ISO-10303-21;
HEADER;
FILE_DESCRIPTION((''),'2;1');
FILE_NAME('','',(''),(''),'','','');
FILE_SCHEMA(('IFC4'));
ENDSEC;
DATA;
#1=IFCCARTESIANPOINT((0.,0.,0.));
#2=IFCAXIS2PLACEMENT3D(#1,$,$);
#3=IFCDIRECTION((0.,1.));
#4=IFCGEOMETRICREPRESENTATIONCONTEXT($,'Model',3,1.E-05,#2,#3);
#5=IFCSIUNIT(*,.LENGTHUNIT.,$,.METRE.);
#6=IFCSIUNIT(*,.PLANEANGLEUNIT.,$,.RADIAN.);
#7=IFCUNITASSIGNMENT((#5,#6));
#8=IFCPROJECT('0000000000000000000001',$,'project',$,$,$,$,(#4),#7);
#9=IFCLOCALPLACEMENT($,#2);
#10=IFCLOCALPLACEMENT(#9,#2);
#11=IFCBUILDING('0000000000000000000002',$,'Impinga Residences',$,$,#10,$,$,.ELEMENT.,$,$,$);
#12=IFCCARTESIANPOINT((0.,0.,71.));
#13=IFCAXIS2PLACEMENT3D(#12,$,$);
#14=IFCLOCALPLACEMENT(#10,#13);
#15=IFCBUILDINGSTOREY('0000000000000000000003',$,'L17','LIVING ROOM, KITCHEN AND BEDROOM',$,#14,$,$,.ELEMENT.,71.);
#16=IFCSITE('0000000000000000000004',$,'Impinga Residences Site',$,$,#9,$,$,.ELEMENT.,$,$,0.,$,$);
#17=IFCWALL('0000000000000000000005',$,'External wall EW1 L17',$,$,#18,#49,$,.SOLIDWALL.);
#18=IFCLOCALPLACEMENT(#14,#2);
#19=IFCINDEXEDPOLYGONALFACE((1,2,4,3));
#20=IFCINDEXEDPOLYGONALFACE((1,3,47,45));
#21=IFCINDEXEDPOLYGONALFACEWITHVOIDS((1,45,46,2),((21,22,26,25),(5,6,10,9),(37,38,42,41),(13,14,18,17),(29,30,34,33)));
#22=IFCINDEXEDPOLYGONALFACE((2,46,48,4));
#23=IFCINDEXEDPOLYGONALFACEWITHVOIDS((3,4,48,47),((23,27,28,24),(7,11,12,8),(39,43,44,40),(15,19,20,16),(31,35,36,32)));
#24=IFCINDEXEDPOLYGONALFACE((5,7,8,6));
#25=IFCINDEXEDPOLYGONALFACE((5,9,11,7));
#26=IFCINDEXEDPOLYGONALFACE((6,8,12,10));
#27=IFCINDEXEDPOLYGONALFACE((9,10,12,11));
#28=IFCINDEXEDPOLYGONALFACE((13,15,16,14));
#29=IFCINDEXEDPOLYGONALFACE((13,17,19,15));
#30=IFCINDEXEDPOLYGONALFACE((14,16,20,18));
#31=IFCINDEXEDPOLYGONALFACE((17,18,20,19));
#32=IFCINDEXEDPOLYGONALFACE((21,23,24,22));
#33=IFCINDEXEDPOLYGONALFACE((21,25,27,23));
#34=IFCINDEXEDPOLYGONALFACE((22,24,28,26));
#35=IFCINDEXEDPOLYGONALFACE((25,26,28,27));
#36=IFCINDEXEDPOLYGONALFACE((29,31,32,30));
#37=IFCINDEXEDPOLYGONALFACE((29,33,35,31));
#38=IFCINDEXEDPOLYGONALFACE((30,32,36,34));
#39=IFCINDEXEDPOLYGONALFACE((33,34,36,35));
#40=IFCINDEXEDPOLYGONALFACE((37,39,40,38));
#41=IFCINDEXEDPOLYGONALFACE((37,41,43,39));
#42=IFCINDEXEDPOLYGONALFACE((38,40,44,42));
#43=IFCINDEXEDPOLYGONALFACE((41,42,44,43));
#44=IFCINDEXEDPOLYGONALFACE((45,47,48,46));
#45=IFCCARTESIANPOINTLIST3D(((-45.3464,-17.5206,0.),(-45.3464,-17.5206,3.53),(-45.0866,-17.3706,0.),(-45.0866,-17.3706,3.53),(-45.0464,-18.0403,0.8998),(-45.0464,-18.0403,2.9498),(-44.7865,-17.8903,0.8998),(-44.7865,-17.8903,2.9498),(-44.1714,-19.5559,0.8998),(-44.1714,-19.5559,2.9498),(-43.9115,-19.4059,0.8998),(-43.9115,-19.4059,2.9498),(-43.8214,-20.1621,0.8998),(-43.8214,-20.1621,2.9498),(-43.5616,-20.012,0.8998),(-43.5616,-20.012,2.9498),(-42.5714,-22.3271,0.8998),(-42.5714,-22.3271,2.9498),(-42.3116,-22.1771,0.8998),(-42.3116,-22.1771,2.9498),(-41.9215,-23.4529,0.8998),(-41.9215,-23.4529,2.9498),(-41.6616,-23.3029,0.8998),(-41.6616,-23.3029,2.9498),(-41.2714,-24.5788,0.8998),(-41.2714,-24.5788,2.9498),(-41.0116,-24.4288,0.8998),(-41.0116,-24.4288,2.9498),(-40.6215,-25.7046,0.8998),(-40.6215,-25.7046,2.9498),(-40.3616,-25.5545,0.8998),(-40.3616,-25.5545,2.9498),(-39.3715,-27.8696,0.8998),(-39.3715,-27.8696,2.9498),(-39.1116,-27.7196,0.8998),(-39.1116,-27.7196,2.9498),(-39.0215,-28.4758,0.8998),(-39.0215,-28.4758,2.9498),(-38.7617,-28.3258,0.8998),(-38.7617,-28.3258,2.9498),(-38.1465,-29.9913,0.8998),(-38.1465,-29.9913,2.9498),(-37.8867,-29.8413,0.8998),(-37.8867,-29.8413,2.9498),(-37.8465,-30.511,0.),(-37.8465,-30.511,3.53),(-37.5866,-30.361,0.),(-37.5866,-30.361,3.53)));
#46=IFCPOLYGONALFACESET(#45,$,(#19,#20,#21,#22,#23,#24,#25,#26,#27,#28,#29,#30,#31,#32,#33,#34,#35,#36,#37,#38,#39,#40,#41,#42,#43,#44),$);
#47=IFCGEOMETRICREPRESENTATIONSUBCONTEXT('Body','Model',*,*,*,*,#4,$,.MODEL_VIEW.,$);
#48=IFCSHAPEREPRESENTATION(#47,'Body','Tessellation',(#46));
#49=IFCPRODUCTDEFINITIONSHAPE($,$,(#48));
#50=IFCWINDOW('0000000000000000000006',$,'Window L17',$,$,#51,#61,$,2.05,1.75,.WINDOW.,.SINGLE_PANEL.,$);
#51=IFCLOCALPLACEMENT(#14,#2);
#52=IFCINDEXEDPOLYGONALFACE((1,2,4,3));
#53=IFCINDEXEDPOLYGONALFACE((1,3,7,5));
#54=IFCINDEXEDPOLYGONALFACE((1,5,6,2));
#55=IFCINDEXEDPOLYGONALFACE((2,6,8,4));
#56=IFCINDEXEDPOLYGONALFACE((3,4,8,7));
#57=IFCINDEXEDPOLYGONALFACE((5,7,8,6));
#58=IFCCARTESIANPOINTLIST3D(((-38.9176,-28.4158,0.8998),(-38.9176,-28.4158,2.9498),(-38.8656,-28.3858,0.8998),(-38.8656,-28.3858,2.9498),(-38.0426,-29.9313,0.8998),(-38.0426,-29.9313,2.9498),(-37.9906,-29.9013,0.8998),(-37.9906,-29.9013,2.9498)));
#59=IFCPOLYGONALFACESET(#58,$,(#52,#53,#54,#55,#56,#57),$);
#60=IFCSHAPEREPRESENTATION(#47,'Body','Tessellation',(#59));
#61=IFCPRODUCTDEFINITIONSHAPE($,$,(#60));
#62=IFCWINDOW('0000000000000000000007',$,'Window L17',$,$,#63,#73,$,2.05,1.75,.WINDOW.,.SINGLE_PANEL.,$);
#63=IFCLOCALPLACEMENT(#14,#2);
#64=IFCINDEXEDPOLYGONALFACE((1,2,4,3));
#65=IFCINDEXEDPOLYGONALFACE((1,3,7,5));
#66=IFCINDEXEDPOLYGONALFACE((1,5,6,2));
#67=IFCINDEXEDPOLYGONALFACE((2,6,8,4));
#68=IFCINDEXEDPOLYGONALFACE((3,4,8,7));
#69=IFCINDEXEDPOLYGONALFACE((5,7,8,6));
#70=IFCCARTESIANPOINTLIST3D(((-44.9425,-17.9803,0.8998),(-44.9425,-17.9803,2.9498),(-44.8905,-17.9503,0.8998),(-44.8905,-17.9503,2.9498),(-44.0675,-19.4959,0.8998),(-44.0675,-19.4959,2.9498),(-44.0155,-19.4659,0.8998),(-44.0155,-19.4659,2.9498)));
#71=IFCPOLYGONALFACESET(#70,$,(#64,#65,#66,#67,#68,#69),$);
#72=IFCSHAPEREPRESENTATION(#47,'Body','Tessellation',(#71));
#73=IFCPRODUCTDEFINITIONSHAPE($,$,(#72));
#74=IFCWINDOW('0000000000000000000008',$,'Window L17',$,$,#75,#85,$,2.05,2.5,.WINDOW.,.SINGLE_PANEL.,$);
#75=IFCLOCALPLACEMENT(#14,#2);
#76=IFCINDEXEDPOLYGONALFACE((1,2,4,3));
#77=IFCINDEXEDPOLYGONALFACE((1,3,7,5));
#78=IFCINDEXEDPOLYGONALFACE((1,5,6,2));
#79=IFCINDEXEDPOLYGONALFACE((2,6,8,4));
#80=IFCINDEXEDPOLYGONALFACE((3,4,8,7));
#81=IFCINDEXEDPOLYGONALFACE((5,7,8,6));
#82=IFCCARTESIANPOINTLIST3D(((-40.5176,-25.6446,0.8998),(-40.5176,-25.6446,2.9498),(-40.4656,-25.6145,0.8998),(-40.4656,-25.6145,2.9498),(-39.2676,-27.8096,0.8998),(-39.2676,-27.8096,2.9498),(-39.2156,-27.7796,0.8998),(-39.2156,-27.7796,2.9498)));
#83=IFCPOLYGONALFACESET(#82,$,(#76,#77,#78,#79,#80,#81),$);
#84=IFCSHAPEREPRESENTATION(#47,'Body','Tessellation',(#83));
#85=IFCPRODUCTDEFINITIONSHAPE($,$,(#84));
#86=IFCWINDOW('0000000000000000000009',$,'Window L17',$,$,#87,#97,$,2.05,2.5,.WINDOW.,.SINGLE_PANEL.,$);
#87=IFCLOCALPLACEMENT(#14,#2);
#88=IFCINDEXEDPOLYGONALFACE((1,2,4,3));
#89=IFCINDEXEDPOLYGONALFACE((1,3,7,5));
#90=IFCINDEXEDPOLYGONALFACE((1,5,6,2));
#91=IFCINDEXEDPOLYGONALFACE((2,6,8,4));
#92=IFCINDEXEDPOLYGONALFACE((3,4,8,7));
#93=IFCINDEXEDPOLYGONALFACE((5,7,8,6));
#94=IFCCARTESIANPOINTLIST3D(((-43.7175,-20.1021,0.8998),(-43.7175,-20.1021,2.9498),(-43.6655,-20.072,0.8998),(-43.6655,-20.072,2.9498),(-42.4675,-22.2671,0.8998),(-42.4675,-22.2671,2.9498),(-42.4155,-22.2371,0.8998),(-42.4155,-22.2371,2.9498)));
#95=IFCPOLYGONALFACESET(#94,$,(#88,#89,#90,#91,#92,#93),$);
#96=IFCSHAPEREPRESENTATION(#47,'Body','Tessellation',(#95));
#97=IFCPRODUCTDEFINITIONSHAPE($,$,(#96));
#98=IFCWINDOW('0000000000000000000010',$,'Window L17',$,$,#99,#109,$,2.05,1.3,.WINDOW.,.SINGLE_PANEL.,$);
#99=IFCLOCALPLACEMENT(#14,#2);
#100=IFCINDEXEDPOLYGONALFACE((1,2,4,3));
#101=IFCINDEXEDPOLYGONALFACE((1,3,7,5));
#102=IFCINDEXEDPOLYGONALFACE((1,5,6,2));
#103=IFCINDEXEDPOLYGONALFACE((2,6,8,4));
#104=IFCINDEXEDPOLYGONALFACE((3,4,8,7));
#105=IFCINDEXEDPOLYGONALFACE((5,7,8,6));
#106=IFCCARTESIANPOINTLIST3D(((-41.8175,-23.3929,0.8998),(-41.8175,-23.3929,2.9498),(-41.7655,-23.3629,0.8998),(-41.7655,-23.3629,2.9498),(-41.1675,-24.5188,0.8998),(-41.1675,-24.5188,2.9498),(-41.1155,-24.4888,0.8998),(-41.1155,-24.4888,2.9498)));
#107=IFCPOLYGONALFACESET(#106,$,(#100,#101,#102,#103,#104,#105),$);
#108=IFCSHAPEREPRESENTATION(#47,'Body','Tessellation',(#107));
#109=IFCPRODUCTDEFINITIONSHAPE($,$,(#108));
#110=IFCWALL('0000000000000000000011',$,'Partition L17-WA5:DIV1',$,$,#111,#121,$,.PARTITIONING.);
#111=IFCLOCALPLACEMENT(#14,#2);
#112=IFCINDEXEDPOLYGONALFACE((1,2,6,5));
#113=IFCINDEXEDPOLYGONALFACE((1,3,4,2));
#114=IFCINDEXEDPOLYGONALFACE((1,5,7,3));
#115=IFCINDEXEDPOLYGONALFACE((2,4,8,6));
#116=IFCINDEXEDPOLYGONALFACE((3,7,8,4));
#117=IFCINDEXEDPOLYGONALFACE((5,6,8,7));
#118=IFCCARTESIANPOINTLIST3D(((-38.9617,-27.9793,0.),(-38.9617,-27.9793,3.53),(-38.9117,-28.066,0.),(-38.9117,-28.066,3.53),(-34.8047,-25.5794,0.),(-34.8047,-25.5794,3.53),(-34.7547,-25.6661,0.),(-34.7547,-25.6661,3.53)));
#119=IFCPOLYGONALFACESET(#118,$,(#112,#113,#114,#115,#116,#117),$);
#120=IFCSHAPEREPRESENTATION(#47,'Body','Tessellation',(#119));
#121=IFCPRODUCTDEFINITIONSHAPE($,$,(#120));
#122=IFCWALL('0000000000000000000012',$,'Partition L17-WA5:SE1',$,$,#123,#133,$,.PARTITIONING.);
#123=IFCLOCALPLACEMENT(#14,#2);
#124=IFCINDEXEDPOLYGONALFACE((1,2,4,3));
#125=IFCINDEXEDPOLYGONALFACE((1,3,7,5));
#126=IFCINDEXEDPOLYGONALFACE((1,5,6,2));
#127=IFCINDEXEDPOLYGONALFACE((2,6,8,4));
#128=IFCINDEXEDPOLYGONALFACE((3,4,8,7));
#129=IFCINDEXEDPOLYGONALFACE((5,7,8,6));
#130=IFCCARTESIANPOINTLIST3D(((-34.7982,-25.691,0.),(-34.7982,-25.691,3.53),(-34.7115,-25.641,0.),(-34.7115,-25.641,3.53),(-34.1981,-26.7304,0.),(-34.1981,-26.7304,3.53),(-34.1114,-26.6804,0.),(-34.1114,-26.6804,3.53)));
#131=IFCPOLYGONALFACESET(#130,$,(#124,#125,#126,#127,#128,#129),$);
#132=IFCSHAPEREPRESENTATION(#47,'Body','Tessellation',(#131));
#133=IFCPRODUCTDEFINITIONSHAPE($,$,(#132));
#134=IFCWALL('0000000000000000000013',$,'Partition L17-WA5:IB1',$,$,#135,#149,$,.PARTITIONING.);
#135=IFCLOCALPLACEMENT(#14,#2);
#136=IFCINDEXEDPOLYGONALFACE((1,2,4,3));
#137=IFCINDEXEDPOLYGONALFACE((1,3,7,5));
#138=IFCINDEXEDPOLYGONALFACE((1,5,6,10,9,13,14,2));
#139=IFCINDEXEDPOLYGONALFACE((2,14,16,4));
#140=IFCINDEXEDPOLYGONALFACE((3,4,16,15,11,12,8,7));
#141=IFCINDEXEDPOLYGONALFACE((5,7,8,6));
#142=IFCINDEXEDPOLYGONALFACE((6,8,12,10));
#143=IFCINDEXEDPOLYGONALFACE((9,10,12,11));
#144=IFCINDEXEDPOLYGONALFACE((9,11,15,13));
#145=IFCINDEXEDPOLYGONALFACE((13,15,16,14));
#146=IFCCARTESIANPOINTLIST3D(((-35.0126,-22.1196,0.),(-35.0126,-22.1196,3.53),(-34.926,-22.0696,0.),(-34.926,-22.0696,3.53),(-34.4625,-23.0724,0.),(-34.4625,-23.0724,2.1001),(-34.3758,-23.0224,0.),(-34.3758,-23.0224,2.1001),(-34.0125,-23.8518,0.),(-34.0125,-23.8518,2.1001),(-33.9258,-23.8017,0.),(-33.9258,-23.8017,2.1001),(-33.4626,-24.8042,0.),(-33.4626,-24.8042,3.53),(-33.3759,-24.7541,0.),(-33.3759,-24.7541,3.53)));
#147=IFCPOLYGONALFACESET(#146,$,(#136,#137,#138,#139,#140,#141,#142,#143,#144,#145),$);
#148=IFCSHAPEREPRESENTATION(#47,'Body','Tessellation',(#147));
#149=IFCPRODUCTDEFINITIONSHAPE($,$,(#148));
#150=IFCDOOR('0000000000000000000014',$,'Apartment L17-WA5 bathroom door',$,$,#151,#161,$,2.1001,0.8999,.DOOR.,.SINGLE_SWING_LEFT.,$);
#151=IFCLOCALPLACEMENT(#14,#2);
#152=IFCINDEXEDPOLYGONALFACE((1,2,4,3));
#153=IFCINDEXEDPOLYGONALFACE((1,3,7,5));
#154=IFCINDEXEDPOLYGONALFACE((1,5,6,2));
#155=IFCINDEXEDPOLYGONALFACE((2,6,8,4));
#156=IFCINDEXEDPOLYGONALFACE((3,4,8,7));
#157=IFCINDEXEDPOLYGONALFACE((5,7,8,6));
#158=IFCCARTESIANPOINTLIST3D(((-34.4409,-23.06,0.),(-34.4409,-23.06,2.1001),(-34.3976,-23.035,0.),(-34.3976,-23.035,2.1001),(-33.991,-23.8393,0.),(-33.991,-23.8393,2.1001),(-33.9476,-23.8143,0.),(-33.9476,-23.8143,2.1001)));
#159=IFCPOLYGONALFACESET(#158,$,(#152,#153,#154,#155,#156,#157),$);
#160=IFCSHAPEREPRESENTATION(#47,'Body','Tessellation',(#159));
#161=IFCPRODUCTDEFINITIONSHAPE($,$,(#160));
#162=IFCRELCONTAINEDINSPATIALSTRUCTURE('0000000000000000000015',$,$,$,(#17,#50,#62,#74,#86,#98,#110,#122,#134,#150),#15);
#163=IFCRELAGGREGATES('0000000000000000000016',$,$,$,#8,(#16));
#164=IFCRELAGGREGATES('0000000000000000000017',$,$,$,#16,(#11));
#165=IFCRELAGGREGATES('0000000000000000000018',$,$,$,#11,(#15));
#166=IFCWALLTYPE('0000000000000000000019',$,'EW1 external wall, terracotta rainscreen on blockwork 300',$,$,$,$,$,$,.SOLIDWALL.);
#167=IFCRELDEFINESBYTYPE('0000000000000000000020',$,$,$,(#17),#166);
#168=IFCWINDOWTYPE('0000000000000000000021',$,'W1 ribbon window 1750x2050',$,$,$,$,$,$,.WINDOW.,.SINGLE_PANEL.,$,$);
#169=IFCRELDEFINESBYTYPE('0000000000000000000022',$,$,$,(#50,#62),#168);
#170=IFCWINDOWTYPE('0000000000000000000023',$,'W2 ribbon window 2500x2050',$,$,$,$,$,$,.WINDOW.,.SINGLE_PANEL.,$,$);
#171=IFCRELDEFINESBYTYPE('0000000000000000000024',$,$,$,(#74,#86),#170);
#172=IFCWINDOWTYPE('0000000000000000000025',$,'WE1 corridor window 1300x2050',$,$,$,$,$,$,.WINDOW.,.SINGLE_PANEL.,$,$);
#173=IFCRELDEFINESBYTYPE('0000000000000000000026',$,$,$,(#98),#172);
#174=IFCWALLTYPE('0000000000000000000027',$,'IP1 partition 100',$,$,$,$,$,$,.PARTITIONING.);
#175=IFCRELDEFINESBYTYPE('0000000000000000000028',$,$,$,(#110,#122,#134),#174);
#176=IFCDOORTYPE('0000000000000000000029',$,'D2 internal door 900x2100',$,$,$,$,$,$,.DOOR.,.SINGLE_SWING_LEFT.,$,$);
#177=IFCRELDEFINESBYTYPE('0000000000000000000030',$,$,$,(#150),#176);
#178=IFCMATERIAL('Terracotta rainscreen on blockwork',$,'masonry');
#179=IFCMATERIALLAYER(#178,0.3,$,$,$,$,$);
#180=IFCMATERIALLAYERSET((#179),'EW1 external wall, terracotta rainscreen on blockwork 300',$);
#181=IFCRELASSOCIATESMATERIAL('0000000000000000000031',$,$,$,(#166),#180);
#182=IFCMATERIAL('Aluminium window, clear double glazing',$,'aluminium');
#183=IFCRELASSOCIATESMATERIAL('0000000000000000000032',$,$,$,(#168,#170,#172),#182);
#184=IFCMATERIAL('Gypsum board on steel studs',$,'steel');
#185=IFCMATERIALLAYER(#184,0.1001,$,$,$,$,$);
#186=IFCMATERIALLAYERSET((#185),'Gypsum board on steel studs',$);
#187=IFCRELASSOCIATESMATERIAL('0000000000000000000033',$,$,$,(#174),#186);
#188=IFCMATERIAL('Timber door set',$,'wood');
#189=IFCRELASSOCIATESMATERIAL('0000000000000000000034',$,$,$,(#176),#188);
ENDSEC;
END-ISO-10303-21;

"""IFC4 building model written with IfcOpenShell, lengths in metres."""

from ifc_helpers import new_model, si_unit, direction, frame, frame_2d, origin, place, context, subcontext, project, spatial, rectangle, extrude, material, layer, layer_set, type_object, element, fill, save


model = new_model("IFC4")

# Units and contexts
model_context = context("Model", 3, precision=1e-05, world=origin(), true_north=direction((0.0, 1.0)))
body_context = subcontext(model_context, "Body", "Model", "MODEL_VIEW")
ifc_project = project(units=[si_unit("LENGTHUNIT", "METRE"), si_unit("PLANEANGLEUNIT", "RADIAN")], contexts=[model_context])

# Site, building, storey
site_placement = place(None, origin())
site = spatial("IfcSite", under=ifc_project, at=site_placement, Name="Impinga Residences Site", CompositionType="ELEMENT", RefElevation=0.0)
building_placement = place(site_placement, origin())
building = spatial("IfcBuilding", under=site, at=building_placement, Name="Impinga Residences", CompositionType="ELEMENT")
storey_placement = place(building_placement, frame((0.0, 0.0, 71.0)))
storey = spatial("IfcBuildingStorey", under=building, at=storey_placement, Name="L17", Description="LIVING ROOM, KITCHEN AND BEDROOM", CompositionType="ELEMENT", Elevation=71.0)

# Shared definitions
ifc_material_1 = material(Name="Terracotta rainscreen on blockwork", Category="masonry")
ifc_layer_1 = layer(ifc_material_1, 0.3)
ifc_layer_set_1 = layer_set([ifc_layer_1], Name="EW1 external wall, terracotta rainscreen on blockwork 300")
wall_type_1 = type_object("IfcWallType", Name="EW1 external wall, terracotta rainscreen on blockwork 300", PredefinedType="SOLIDWALL", material=ifc_layer_set_1)

# Wall, openings, windows
wall_1_placement = place(storey_placement, frame((-37.7166, -30.436, 0.0), z_axis=(0.0, 0.0, 1.0), x_axis=(-0.499997, 0.866027, 0.0)))
wall_1 = element("IfcWall", 1, at=wall_1_placement, inside=storey, type_object=wall_type_1, Name="External wall EW1 L17", PredefinedType="SOLIDWALL", context=body_context, shape_type="SweptSolid", body=[
    extrude(rectangle(XDim=15.0, YDim=0.3, at=frame_2d((7.5, 0.0))), origin(), (0.0, 0.0, 1.0), 3.53),
])
opening_1_placement = place(wall_1_placement, frame((0.6001, 0.0, 0.8999)))
opening_1 = element("IfcOpeningElement", 2, at=opening_1_placement, cuts=wall_1, PredefinedType="OPENING", context=body_context, shape_type="SweptSolid", body=[
    extrude(rectangle(XDim=1.75, YDim=2.05, at=frame_2d((0.875, 1.0249))), frame((0.0, 0.1599, 0.0), z_axis=(0.0, -1.0, 0.0), x_axis=(1.0, 0.0, 0.0)), (0.0, 0.0, 1.0), 0.3201),
])
opening_2_placement = place(wall_1_placement, frame((3.05, 0.0, 0.8999)))
opening_2 = element("IfcOpeningElement", 3, at=opening_2_placement, cuts=wall_1, PredefinedType="OPENING", context=body_context, shape_type="SweptSolid", body=[
    extrude(rectangle(XDim=2.5, YDim=2.05, at=frame_2d((1.25, 1.0249))), frame((0.0, 0.1599, 0.0), z_axis=(0.0, -1.0, 0.0), x_axis=(1.0, 0.0, 0.0)), (0.0, 0.0, 1.0), 0.3201),
])
opening_3_placement = place(wall_1_placement, frame((6.8501, 0.0, 0.8999)))
opening_3 = element("IfcOpeningElement", 4, at=opening_3_placement, cuts=wall_1, PredefinedType="OPENING", context=body_context, shape_type="SweptSolid", body=[
    extrude(rectangle(XDim=1.3, YDim=2.05, at=frame_2d((0.6499, 1.0249))), frame((0.0, 0.1599, 0.0), z_axis=(0.0, -1.0, 0.0), x_axis=(1.0, 0.0, 0.0)), (0.0, 0.0, 1.0), 0.3201),
])
opening_4_placement = place(wall_1_placement, frame((9.45, 0.0, 0.8999)))
opening_4 = element("IfcOpeningElement", 5, at=opening_4_placement, cuts=wall_1, PredefinedType="OPENING", context=body_context, shape_type="SweptSolid", body=[
    extrude(rectangle(XDim=2.5, YDim=2.05, at=frame_2d((1.25, 1.0249))), frame((0.0, 0.1599, 0.0), z_axis=(0.0, -1.0, 0.0), x_axis=(1.0, 0.0, 0.0)), (0.0, 0.0, 1.0), 0.3201),
])
opening_5_placement = place(wall_1_placement, frame((12.6499, 0.0, 0.8999)))
opening_5 = element("IfcOpeningElement", 6, at=opening_5_placement, cuts=wall_1, PredefinedType="OPENING", context=body_context, shape_type="SweptSolid", body=[
    extrude(rectangle(XDim=1.75, YDim=2.05, at=frame_2d((0.875, 1.0249))), frame((0.0, 0.1599, 0.0), z_axis=(0.0, -1.0, 0.0), x_axis=(1.0, 0.0, 0.0)), (0.0, 0.0, 1.0), 0.3201),
])
ifc_material_2 = material(Name="Aluminium window, clear double glazing", Category="aluminium")
window_type_1 = type_object("IfcWindowType", Name="W1 ribbon window 1750x2050", PartitioningType="SINGLE_PANEL", PredefinedType="WINDOW", material=ifc_material_2)
window_1_placement = place(opening_1_placement, origin())
window_1 = element("IfcWindow", 7, at=window_1_placement, inside=storey, type_object=window_type_1, Name="Window L17", OverallHeight=2.05, OverallWidth=1.75, PartitioningType="SINGLE_PANEL", PredefinedType="WINDOW", context=body_context, shape_type="SweptSolid", body=[
    extrude(rectangle(XDim=1.75, YDim=2.05, at=frame_2d((0.875, 1.0249))), frame((0.0, 0.03, 0.0), z_axis=(0.0, -1.0, 0.0), x_axis=(1.0, 0.0, 0.0)), (0.0, 0.0, 1.0), 0.0601),
])
fill(opening_1, window_1)
window_2_placement = place(opening_5_placement, origin())
window_2 = element("IfcWindow", 8, at=window_2_placement, inside=storey, type_object=window_type_1, Name="Window L17", OverallHeight=2.05, OverallWidth=1.75, PartitioningType="SINGLE_PANEL", PredefinedType="WINDOW", context=body_context, shape_type="SweptSolid", body=[
    extrude(rectangle(XDim=1.75, YDim=2.05, at=frame_2d((0.875, 1.0249))), frame((0.0, 0.03, 0.0), z_axis=(0.0, -1.0, 0.0), x_axis=(1.0, 0.0, 0.0)), (0.0, 0.0, 1.0), 0.0601),
])
fill(opening_5, window_2)
window_type_2 = type_object("IfcWindowType", Name="W2 ribbon window 2500x2050", PartitioningType="SINGLE_PANEL", PredefinedType="WINDOW", material=ifc_material_2)
window_3_placement = place(opening_2_placement, origin())
window_3 = element("IfcWindow", 9, at=window_3_placement, inside=storey, type_object=window_type_2, Name="Window L17", OverallHeight=2.05, OverallWidth=2.5, PartitioningType="SINGLE_PANEL", PredefinedType="WINDOW", context=body_context, shape_type="SweptSolid", body=[
    extrude(rectangle(XDim=2.5, YDim=2.05, at=frame_2d((1.25, 1.0249))), frame((0.0, 0.03, 0.0), z_axis=(0.0, -1.0, 0.0), x_axis=(1.0, 0.0, 0.0)), (0.0, 0.0, 1.0), 0.0601),
])
fill(opening_2, window_3)
window_4_placement = place(opening_4_placement, origin())
window_4 = element("IfcWindow", 10, at=window_4_placement, inside=storey, type_object=window_type_2, Name="Window L17", OverallHeight=2.05, OverallWidth=2.5, PartitioningType="SINGLE_PANEL", PredefinedType="WINDOW", context=body_context, shape_type="SweptSolid", body=[
    extrude(rectangle(XDim=2.5, YDim=2.05, at=frame_2d((1.25, 1.0249))), frame((0.0, 0.03, 0.0), z_axis=(0.0, -1.0, 0.0), x_axis=(1.0, 0.0, 0.0)), (0.0, 0.0, 1.0), 0.0601),
])
fill(opening_4, window_4)
window_type_3 = type_object("IfcWindowType", Name="WE1 corridor window 1300x2050", PartitioningType="SINGLE_PANEL", PredefinedType="WINDOW", material=ifc_material_2)
window_5_placement = place(opening_3_placement, origin())
window_5 = element("IfcWindow", 11, at=window_5_placement, inside=storey, type_object=window_type_3, Name="Window L17", OverallHeight=2.05, OverallWidth=1.3, PartitioningType="SINGLE_PANEL", PredefinedType="WINDOW", context=body_context, shape_type="SweptSolid", body=[
    extrude(rectangle(XDim=1.3, YDim=2.05, at=frame_2d((0.6499, 1.0249))), frame((0.0, 0.03, 0.0), z_axis=(0.0, -1.0, 0.0), x_axis=(1.0, 0.0, 0.0)), (0.0, 0.0, 1.0), 0.0601),
])
fill(opening_3, window_5)

# Walls
ifc_material_3 = material(Name="Gypsum board on steel studs", Category="steel")
ifc_layer_2 = layer(ifc_material_3, 0.1001)
ifc_layer_set_2 = layer_set([ifc_layer_2], Name="Gypsum board on steel studs")
wall_type_2 = type_object("IfcWallType", Name="IP1 partition 100", PredefinedType="PARTITIONING", material=ifc_layer_set_2)
wall_2_placement = place(storey_placement, frame((-34.7798, -25.6228, 0.0), z_axis=(0.0, 0.0, 1.0), x_axis=(-0.866037, -0.499979, 0.0)))
element("IfcWall", 12, at=wall_2_placement, inside=storey, type_object=wall_type_2, Name="Partition L17-WA5:DIV1", PredefinedType="PARTITIONING", context=body_context, shape_type="SweptSolid", body=[
    extrude(rectangle(XDim=4.8, YDim=0.1001, at=frame_2d((2.3999, 0.0))), origin(), (0.0, 0.0, 1.0), 3.53),
])
wall_3_placement = place(storey_placement, frame((-34.7549, -25.666, 0.0), z_axis=(0.0, 0.0, 1.0), x_axis=(0.500034, -0.866006, 0.0)))
element("IfcWall", 13, at=wall_3_placement, inside=storey, type_object=wall_type_2, Name="Partition L17-WA5:SE1", PredefinedType="PARTITIONING", context=body_context, shape_type="SweptSolid", body=[
    extrude(rectangle(XDim=1.2002, YDim=0.1001, at=frame_2d((0.6001, 0.0))), origin(), (0.0, 0.0, 1.0), 3.53),
])

# Wall, opening, door
wall_4_placement = place(storey_placement, frame((-34.9692, -22.0947, 0.0), z_axis=(0.0, 0.0, 1.0), x_axis=(0.500027, -0.86601, 0.0)))
wall_4 = element("IfcWall", 14, at=wall_4_placement, inside=storey, type_object=wall_type_2, Name="Partition L17-WA5:IB1", PredefinedType="PARTITIONING", context=body_context, shape_type="SweptSolid", body=[
    extrude(rectangle(XDim=3.0999, YDim=0.1001, at=frame_2d((1.5498, 0.0))), origin(), (0.0, 0.0, 1.0), 3.53),
])
opening_6_placement = place(wall_4_placement, frame((1.1001, 0.0, 0.0)))
opening_6 = element("IfcOpeningElement", 15, at=opening_6_placement, cuts=wall_4, PredefinedType="OPENING", context=body_context, shape_type="SweptSolid", body=[
    extrude(rectangle(XDim=0.8999, YDim=2.1001, at=frame_2d((0.45, 1.05))), frame((0.0, 0.0601, 0.0), z_axis=(0.0, -1.0, 0.0), x_axis=(1.0, 0.0, 0.0)), (0.0, 0.0, 1.0), 0.1201),
])
ifc_material_4 = material(Name="Timber door set", Category="wood")
door_type = type_object("IfcDoorType", Name="D2 internal door 900x2100", OperationType="SINGLE_SWING_LEFT", PredefinedType="DOOR", material=ifc_material_4)
door_placement = place(opening_6_placement, origin())
door = element("IfcDoor", 16, at=door_placement, inside=storey, type_object=door_type, Name="Apartment L17-WA5 bathroom door", OperationType="SINGLE_SWING_LEFT", OverallHeight=2.1001, OverallWidth=0.8999, PredefinedType="DOOR", context=body_context, shape_type="SweptSolid", body=[
    extrude(rectangle(XDim=0.8999, YDim=2.1001, at=frame_2d((0.45, 1.05))), frame((0.0, 0.0249, 0.0), z_axis=(0.0, -1.0, 0.0), x_axis=(1.0, 0.0, 0.0)), (0.0, 0.0, 1.0), 0.05),
])
fill(opening_6, door)

save(model, "model.ifc")
